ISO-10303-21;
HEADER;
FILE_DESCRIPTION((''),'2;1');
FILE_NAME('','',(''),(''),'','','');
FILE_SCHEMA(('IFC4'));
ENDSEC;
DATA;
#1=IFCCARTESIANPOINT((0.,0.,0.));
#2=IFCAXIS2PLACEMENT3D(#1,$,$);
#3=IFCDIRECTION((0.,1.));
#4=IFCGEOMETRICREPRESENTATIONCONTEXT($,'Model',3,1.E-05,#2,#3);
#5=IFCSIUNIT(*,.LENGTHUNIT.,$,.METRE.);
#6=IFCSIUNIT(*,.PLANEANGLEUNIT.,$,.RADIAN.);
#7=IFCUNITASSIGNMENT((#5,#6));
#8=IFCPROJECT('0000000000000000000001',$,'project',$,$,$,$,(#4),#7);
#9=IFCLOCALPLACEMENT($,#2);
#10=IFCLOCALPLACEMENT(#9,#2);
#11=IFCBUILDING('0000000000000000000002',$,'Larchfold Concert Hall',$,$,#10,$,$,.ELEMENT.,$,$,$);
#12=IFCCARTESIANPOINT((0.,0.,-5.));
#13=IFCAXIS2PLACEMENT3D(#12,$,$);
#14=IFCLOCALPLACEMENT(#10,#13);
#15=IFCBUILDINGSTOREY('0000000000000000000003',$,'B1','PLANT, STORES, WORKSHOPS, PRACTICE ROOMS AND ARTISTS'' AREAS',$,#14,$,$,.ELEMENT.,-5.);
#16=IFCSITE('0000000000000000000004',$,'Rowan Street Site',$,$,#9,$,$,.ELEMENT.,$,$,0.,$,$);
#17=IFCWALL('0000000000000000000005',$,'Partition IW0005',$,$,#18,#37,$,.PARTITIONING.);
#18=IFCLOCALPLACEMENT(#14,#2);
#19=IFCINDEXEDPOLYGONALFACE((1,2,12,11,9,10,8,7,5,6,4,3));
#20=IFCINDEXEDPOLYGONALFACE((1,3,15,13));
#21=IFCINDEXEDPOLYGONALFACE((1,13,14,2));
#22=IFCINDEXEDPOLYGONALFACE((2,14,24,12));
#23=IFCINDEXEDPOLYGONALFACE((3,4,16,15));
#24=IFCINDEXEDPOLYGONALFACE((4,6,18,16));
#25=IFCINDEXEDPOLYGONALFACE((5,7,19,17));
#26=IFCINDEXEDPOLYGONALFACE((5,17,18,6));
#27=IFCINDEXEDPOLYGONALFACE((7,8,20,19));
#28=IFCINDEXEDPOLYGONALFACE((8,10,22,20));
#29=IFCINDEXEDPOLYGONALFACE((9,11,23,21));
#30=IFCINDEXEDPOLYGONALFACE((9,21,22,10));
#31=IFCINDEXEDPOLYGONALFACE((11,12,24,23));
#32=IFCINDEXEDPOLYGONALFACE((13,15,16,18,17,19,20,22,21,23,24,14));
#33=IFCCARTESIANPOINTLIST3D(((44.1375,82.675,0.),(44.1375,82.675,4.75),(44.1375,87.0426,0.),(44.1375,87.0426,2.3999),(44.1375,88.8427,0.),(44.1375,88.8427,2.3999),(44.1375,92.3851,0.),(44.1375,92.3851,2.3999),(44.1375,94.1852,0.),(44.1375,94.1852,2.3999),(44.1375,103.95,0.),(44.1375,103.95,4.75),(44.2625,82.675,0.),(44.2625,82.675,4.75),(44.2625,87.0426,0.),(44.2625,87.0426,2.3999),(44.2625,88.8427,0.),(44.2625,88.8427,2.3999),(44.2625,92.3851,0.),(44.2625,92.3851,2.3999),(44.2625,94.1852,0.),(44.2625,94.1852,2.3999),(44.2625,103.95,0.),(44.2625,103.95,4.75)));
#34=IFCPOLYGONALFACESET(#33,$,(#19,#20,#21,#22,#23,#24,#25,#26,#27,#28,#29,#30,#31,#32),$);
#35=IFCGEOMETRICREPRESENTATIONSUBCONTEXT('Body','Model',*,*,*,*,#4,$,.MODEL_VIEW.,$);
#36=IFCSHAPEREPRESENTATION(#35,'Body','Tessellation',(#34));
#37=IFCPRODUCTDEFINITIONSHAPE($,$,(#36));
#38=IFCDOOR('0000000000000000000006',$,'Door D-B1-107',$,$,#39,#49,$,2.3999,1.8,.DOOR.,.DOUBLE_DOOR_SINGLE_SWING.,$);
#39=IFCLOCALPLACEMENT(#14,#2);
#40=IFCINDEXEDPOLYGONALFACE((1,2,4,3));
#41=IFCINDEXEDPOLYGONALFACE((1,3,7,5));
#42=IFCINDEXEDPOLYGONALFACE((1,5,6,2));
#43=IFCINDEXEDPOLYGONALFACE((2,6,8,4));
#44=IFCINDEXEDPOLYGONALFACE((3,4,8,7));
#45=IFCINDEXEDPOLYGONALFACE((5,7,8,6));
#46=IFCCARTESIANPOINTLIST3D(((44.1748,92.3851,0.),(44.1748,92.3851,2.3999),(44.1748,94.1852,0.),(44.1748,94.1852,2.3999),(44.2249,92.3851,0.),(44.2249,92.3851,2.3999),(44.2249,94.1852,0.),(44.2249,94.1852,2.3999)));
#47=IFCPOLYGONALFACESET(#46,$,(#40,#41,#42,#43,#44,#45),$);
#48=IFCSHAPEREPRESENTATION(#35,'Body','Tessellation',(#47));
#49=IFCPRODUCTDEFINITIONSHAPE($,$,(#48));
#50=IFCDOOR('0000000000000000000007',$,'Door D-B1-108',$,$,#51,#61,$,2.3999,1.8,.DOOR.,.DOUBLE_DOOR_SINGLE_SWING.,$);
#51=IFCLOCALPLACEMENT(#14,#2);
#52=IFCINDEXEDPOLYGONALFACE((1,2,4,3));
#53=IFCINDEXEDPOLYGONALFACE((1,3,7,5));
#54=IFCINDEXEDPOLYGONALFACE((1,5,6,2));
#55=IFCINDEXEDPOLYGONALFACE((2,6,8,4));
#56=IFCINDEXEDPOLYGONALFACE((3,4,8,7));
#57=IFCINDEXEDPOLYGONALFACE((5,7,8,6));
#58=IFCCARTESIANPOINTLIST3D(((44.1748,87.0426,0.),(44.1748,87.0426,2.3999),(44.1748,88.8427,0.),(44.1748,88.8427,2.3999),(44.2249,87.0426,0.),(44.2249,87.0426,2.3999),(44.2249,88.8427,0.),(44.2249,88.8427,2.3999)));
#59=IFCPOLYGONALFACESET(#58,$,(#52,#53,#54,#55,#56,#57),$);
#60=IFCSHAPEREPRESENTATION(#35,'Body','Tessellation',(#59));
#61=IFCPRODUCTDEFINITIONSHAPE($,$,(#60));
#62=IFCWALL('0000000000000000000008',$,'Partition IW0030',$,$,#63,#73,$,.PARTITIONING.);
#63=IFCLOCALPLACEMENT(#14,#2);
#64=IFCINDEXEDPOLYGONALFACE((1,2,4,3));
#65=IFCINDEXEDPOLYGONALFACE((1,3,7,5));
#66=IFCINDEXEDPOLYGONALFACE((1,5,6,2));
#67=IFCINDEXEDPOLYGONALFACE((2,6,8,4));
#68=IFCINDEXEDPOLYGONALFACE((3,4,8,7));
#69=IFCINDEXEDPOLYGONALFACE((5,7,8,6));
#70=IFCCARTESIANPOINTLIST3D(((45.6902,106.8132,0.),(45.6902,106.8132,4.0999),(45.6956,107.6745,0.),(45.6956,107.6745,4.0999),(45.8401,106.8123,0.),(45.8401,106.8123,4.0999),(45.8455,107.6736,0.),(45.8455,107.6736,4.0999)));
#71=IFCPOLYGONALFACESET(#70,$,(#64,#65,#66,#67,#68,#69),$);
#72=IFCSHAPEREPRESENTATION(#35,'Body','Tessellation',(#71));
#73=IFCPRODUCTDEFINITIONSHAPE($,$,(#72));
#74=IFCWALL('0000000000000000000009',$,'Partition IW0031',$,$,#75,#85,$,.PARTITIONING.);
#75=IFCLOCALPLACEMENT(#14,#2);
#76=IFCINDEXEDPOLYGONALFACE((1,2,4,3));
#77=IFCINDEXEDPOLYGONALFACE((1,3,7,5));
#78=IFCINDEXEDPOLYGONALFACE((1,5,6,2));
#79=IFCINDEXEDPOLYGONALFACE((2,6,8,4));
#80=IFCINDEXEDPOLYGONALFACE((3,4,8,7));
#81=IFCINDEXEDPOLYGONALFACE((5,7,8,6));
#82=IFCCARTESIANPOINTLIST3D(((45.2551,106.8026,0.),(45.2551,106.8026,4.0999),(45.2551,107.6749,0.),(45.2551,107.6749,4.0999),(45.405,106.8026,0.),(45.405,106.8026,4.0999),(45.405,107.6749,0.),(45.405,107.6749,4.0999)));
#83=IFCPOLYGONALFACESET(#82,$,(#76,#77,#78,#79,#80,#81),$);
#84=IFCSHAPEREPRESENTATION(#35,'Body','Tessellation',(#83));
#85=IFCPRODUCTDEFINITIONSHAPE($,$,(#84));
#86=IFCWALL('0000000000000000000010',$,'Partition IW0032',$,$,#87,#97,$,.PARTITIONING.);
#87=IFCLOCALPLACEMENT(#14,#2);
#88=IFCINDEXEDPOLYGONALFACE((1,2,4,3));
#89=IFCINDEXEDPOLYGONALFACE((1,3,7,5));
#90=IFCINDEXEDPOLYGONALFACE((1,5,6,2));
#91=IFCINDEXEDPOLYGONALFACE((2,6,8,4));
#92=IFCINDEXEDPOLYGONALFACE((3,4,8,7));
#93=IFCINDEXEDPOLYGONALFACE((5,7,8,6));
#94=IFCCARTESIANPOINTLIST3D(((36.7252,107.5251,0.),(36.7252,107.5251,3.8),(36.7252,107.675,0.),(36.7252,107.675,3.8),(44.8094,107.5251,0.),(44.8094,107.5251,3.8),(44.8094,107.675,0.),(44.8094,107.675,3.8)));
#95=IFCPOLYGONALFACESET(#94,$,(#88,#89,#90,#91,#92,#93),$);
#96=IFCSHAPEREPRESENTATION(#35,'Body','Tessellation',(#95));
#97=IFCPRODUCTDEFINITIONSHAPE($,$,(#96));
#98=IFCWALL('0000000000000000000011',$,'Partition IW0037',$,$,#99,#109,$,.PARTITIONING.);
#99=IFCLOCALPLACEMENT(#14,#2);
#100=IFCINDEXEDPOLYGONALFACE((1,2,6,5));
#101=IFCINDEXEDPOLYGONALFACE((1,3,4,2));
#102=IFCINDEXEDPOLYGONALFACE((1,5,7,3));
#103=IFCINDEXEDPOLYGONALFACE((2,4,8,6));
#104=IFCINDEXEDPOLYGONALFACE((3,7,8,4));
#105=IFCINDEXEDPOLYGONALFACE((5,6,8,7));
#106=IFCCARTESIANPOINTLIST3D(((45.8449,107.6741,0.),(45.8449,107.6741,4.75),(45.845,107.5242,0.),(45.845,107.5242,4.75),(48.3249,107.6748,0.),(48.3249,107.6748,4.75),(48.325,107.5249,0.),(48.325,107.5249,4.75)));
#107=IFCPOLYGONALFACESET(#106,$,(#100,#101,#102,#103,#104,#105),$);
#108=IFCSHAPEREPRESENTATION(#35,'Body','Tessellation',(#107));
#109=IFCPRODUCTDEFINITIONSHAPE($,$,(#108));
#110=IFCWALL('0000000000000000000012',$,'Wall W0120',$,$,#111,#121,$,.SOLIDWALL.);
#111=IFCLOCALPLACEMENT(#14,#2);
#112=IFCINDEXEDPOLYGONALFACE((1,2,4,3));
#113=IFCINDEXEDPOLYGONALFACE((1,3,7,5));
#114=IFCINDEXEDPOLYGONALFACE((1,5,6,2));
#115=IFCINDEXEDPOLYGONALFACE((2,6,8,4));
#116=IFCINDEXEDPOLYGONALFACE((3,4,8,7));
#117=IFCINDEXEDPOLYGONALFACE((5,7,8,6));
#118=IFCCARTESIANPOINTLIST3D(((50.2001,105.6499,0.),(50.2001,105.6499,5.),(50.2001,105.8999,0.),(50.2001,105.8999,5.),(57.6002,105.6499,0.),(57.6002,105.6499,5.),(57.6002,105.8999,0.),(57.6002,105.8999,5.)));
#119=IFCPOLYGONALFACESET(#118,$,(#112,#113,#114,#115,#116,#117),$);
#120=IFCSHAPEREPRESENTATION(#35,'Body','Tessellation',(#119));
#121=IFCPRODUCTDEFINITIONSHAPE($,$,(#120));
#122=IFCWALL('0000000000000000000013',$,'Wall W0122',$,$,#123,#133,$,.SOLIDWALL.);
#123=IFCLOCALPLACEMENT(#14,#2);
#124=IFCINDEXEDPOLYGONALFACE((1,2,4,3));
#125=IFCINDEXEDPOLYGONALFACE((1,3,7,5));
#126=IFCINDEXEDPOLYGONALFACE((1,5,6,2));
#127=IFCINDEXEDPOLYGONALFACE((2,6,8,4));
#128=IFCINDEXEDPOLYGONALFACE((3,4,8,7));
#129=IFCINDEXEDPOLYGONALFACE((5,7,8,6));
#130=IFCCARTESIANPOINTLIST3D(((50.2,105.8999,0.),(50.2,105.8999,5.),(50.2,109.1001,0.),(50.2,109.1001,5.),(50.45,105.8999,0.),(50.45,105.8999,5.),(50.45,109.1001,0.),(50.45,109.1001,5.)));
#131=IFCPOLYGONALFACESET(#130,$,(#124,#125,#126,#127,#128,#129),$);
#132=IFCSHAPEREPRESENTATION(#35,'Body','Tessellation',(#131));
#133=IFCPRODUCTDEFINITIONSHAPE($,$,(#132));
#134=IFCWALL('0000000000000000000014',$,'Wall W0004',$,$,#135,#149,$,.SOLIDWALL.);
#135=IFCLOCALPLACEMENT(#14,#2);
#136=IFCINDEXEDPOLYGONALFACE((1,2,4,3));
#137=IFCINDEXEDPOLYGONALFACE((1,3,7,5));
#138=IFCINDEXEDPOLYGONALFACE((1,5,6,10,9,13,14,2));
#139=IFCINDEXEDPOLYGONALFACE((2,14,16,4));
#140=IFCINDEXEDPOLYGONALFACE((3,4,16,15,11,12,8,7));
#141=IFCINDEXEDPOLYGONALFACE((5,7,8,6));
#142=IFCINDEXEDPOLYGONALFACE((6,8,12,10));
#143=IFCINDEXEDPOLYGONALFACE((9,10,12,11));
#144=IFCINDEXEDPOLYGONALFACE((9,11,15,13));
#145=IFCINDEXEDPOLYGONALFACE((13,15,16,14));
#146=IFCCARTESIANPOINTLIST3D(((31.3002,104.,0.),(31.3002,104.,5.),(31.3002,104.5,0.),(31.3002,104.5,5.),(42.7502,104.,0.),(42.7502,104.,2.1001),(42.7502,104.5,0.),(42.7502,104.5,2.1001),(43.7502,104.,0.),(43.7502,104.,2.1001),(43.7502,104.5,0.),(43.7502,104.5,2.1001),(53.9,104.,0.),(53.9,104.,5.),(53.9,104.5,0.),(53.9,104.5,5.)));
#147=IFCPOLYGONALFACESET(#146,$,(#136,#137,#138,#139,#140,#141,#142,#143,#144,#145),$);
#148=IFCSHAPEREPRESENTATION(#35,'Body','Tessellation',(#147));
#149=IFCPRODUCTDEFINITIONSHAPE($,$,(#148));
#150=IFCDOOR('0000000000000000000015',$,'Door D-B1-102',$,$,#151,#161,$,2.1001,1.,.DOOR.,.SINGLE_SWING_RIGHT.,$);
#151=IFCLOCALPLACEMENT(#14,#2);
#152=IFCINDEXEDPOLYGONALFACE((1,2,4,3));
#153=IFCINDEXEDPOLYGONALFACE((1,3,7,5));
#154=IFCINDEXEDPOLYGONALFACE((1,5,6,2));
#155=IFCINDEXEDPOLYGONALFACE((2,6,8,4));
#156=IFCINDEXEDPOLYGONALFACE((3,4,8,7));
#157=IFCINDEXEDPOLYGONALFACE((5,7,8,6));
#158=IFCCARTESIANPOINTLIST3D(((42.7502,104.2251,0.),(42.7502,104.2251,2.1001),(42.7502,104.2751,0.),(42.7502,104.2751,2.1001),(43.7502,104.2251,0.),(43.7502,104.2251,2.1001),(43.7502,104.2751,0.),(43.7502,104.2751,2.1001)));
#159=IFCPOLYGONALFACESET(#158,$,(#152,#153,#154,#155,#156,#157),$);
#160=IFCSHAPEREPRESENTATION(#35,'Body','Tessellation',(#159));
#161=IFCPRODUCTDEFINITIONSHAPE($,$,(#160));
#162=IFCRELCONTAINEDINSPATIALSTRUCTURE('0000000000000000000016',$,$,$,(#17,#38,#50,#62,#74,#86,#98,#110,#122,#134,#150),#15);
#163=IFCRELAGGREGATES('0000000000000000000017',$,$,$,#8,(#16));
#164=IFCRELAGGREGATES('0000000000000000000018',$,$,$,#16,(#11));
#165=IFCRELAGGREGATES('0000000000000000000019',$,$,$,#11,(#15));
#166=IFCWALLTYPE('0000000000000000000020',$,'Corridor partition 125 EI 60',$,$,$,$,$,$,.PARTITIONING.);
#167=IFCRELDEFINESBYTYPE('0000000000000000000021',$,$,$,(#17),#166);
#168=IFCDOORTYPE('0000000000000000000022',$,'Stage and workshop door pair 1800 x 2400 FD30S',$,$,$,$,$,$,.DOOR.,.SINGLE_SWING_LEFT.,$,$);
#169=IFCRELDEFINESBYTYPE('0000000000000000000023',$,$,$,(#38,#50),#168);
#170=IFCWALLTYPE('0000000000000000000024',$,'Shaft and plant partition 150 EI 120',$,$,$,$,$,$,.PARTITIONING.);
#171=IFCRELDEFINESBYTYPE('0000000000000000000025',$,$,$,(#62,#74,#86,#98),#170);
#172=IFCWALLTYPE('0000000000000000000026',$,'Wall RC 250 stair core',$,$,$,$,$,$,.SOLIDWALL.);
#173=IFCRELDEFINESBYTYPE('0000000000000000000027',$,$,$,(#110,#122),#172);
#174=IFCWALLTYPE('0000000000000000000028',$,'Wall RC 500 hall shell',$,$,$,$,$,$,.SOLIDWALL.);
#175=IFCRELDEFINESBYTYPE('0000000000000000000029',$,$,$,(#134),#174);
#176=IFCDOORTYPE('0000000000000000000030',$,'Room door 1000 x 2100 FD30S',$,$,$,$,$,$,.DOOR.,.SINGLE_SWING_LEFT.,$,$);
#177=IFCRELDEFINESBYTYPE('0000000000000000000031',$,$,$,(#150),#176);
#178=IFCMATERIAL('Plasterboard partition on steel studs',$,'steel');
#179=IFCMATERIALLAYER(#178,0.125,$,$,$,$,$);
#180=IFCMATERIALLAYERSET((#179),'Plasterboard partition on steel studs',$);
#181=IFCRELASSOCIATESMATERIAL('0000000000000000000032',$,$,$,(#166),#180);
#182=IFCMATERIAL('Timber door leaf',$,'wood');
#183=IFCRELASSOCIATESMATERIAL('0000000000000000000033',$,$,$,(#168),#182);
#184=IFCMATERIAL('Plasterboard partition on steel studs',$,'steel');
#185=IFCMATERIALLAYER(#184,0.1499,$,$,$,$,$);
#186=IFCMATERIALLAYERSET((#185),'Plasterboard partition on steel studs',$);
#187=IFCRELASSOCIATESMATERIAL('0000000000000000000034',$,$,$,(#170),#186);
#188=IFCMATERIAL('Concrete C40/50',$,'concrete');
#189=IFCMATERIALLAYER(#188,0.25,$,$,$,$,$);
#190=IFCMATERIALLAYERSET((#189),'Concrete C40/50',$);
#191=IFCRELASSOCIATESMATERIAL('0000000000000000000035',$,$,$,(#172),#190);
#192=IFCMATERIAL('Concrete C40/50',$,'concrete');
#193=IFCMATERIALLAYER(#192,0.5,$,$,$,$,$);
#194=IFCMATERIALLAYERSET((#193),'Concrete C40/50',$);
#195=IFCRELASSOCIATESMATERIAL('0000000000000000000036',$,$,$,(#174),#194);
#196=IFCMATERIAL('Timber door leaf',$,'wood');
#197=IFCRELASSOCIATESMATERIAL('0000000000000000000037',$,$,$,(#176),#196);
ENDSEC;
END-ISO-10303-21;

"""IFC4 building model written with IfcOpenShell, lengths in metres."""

from ifc_helpers import new_model, si_unit, direction, frame, frame_2d, origin, place, context, subcontext, project, spatial, rectangle, extrude, material, layer, layer_set, type_object, element, fill, save


model = new_model("IFC4")

# Units and contexts
model_context = context("Model", 3, precision=1e-05, world=origin(), true_north=direction((0.0, 1.0)))
body_context = subcontext(model_context, "Body", "Model", "MODEL_VIEW")
ifc_project = project(units=[si_unit("LENGTHUNIT", "METRE"), si_unit("PLANEANGLEUNIT", "RADIAN")], contexts=[model_context])

# Site, building, storey
site_placement = place(None, origin())
site = spatial("IfcSite", under=ifc_project, at=site_placement, Name="Rowan Street Site", CompositionType="ELEMENT", RefElevation=0.0)
building_placement = place(site_placement, origin())
building = spatial("IfcBuilding", under=site, at=building_placement, Name="Larchfold Concert Hall", CompositionType="ELEMENT")
storey_placement = place(building_placement, frame((0.0, 0.0, -5.0)))
storey = spatial("IfcBuildingStorey", under=building, at=storey_placement, Name="B1", Description="PLANT, STORES, WORKSHOPS, PRACTICE ROOMS AND ARTISTS' AREAS", CompositionType="ELEMENT", Elevation=-5.0)

# Wall, openings, doors
ifc_material_1 = material(Name="Plasterboard partition on steel studs", Category="steel")
ifc_layer_1 = layer(ifc_material_1, 0.125)
ifc_layer_set_1 = layer_set([ifc_layer_1], Name="Plasterboard partition on steel studs")
wall_type_1 = type_object("IfcWallType", Name="Corridor partition 125 EI 60", PredefinedType="PARTITIONING", material=ifc_layer_set_1)
wall_1_placement = place(storey_placement, frame((44.2, 103.95, 0.0), z_axis=(0.0, 0.0, 1.0), x_axis=(0.0, -1.0, 0.0)))
wall_1 = element("IfcWall", 1, at=wall_1_placement, inside=storey, type_object=wall_type_1, Name="Partition IW0005", PredefinedType="PARTITIONING", context=body_context, shape_type="SweptSolid", body=[
    extrude(rectangle(XDim=21.2749, YDim=0.125, at=frame_2d((10.6375, 0.0))), origin(), (0.0, 0.0, 1.0), 4.75),
])
opening_1_placement = place(wall_1_placement, frame((9.7649, 0.0, 0.0)))
opening_1 = element("IfcOpeningElement", 2, at=opening_1_placement, cuts=wall_1, PredefinedType="OPENING", context=body_context, shape_type="SweptSolid", body=[
    extrude(rectangle(XDim=1.8, YDim=2.3999, at=frame_2d((0.8999, 1.2))), frame((0.0, 0.0725, 0.0), z_axis=(0.0, -1.0, 0.0), x_axis=(1.0, 0.0, 0.0)), (0.0, 0.0, 1.0), 0.145),
])
opening_2_placement = place(wall_1_placement, frame((15.1074, 0.0, 0.0)))
opening_2 = element("IfcOpeningElement", 3, at=opening_2_placement, cuts=wall_1, PredefinedType="OPENING", context=body_context, shape_type="SweptSolid", body=[
    extrude(rectangle(XDim=1.8, YDim=2.3999, at=frame_2d((0.8999, 1.2))), frame((0.0, 0.0725, 0.0), z_axis=(0.0, -1.0, 0.0), x_axis=(1.0, 0.0, 0.0)), (0.0, 0.0, 1.0), 0.145),
])
ifc_material_2 = material(Name="Timber door leaf", Category="wood")
door_type_1 = type_object("IfcDoorType", Name="Stage and workshop door pair 1800 x 2400 FD30S", OperationType="SINGLE_SWING_LEFT", PredefinedType="DOOR", material=ifc_material_2)
door_1_placement = place(opening_1_placement, origin())
door_1 = element("IfcDoor", 4, at=door_1_placement, inside=storey, type_object=door_type_1, Name="Door D-B1-107", OperationType="DOUBLE_DOOR_SINGLE_SWING", OverallHeight=2.3999, OverallWidth=1.8, PredefinedType="DOOR", context=body_context, shape_type="SweptSolid", body=[
    extrude(rectangle(XDim=1.8, YDim=2.3999, at=frame_2d((0.8999, 1.2))), frame((0.0, 0.0249, 0.0), z_axis=(0.0, -1.0, 0.0), x_axis=(1.0, 0.0, 0.0)), (0.0, 0.0, 1.0), 0.05),
])
fill(opening_1, door_1)
door_2_placement = place(opening_2_placement, origin())
door_2 = element("IfcDoor", 5, at=door_2_placement, inside=storey, type_object=door_type_1, Name="Door D-B1-108", OperationType="DOUBLE_DOOR_SINGLE_SWING", OverallHeight=2.3999, OverallWidth=1.8, PredefinedType="DOOR", context=body_context, shape_type="SweptSolid", body=[
    extrude(rectangle(XDim=1.8, YDim=2.3999, at=frame_2d((0.8999, 1.2))), frame((0.0, 0.0249, 0.0), z_axis=(0.0, -1.0, 0.0), x_axis=(1.0, 0.0, 0.0)), (0.0, 0.0, 1.0), 0.05),
])
fill(opening_2, door_2)

# Walls
ifc_material_3 = material(Name="Plasterboard partition on steel studs", Category="steel")
ifc_layer_2 = layer(ifc_material_3, 0.1499)
ifc_layer_set_2 = layer_set([ifc_layer_2], Name="Plasterboard partition on steel studs")
wall_type_2 = type_object("IfcWallType", Name="Shaft and plant partition 150 EI 120", PredefinedType="PARTITIONING", material=ifc_layer_set_2)
wall_2_placement = place(storey_placement, frame((45.7705, 107.6741, 0.0), z_axis=(0.0, 0.0, 1.0), x_axis=(-0.006236, -0.999981, 0.0)))
element("IfcWall", 6, at=wall_2_placement, inside=storey, type_object=wall_type_2, Name="Partition IW0030", PredefinedType="PARTITIONING", context=body_context, shape_type="SweptSolid", body=[
    extrude(rectangle(XDim=0.8613, YDim=0.1499, at=frame_2d((0.4307, 0.0))), origin(), (0.0, 0.0, 1.0), 4.0999),
])
wall_3_placement = place(storey_placement, frame((45.3301, 106.8027, 0.0), z_axis=(0.0, 0.0, 1.0), x_axis=(0.0, 1.0, 0.0)))
element("IfcWall", 7, at=wall_3_placement, inside=storey, type_object=wall_type_2, Name="Partition IW0031", PredefinedType="PARTITIONING", context=body_context, shape_type="SweptSolid", body=[
    extrude(rectangle(XDim=0.8723, YDim=0.1499, at=frame_2d((0.436, 0.0))), origin(), (0.0, 0.0, 1.0), 4.0999),
])
wall_4_placement = place(storey_placement, frame((44.8093, 107.6001, 0.0), z_axis=(0.0, 0.0, 1.0), x_axis=(-1.0, 0.0, 0.0)))
element("IfcWall", 8, at=wall_4_placement, inside=storey, type_object=wall_type_2, Name="Partition IW0032", PredefinedType="PARTITIONING", context=body_context, shape_type="SweptSolid", body=[
    extrude(rectangle(XDim=8.0842, YDim=0.1499, at=frame_2d((4.042, 0.0))), origin(), (0.0, 0.0, 1.0), 3.8),
])
wall_5_placement = place(storey_placement, frame((48.325, 107.5999, 0.0), z_axis=(0.0, 0.0, 1.0), x_axis=(-1.0, -0.000295, 0.0)))
element("IfcWall", 9, at=wall_5_placement, inside=storey, type_object=wall_type_2, Name="Partition IW0037", PredefinedType="PARTITIONING", context=body_context, shape_type="SweptSolid", body=[
    extrude(rectangle(XDim=2.48, YDim=0.1499, at=frame_2d((1.24, 0.0))), origin(), (0.0, 0.0, 1.0), 4.75),
])
ifc_material_4 = material(Name="Concrete C40/50", Category="concrete")
ifc_layer_3 = layer(ifc_material_4, 0.25)
ifc_layer_set_3 = layer_set([ifc_layer_3], Name="Concrete C40/50")
wall_type_3 = type_object("IfcWallType", Name="Wall RC 250 stair core", PredefinedType="SOLIDWALL", material=ifc_layer_set_3)
wall_6_placement = place(storey_placement, frame((50.2, 105.7749, 0.0), z_axis=(0.0, 0.0, 1.0), x_axis=(1.0, 0.0, 0.0)))
element("IfcWall", 10, at=wall_6_placement, inside=storey, type_object=wall_type_3, Name="Wall W0120", PredefinedType="SOLIDWALL", context=body_context, shape_type="SweptSolid", body=[
    extrude(rectangle(XDim=7.4001, YDim=0.25, at=frame_2d((3.7002, 0.0))), origin(), (0.0, 0.0, 1.0), 5.0),
])
wall_7_placement = place(storey_placement, frame((50.325, 105.8999, 0.0), z_axis=(0.0, 0.0, 1.0), x_axis=(0.0, 1.0, 0.0)))
element("IfcWall", 11, at=wall_7_placement, inside=storey, type_object=wall_type_3, Name="Wall W0122", PredefinedType="SOLIDWALL", context=body_context, shape_type="SweptSolid", body=[
    extrude(rectangle(XDim=3.2002, YDim=0.25, at=frame_2d((1.6001, 0.0))), origin(), (0.0, 0.0, 1.0), 5.0),
])

# Wall, opening, door
ifc_material_5 = material(Name="Concrete C40/50", Category="concrete")
ifc_layer_4 = layer(ifc_material_5, 0.5)
ifc_layer_set_4 = layer_set([ifc_layer_4], Name="Concrete C40/50")
wall_type_4 = type_object("IfcWallType", Name="Wall RC 500 hall shell", PredefinedType="SOLIDWALL", material=ifc_layer_set_4)
wall_8_placement = place(storey_placement, frame((53.8999, 104.25, 0.0), z_axis=(0.0, 0.0, 1.0), x_axis=(-1.0, 0.0, 0.0)))
wall_8 = element("IfcWall", 12, at=wall_8_placement, inside=storey, type_object=wall_type_4, Name="Wall W0004", PredefinedType="SOLIDWALL", context=body_context, shape_type="SweptSolid", body=[
    extrude(rectangle(XDim=22.5999, YDim=0.5, at=frame_2d((11.2998, 0.0))), origin(), (0.0, 0.0, 1.0), 5.0),
])
opening_3_placement = place(wall_8_placement, frame((10.1497, 0.0, 0.0)))
opening_3 = element("IfcOpeningElement", 13, at=opening_3_placement, cuts=wall_8, PredefinedType="OPENING", context=body_context, shape_type="SweptSolid", body=[
    extrude(rectangle(XDim=1.0, YDim=2.1001, at=frame_2d((0.5, 1.05))), frame((0.0, 0.26, 0.0), z_axis=(0.0, -1.0, 0.0), x_axis=(1.0, 0.0, 0.0)), (0.0, 0.0, 1.0), 0.52),
])
ifc_material_6 = material(Name="Timber door leaf", Category="wood")
door_type_2 = type_object("IfcDoorType", Name="Room door 1000 x 2100 FD30S", OperationType="SINGLE_SWING_LEFT", PredefinedType="DOOR", material=ifc_material_6)
door_3_placement = place(opening_3_placement, origin())
door_3 = element("IfcDoor", 14, at=door_3_placement, inside=storey, type_object=door_type_2, Name="Door D-B1-102", OperationType="SINGLE_SWING_RIGHT", OverallHeight=2.1001, OverallWidth=1.0, PredefinedType="DOOR", context=body_context, shape_type="SweptSolid", body=[
    extrude(rectangle(XDim=1.0, YDim=2.1001, at=frame_2d((0.5, 1.05))), frame((0.0, 0.0249, 0.0), z_axis=(0.0, -1.0, 0.0), x_axis=(1.0, 0.0, 0.0)), (0.0, 0.0, 1.0), 0.05),
])
fill(opening_3, door_3)

save(model, "model.ifc")
